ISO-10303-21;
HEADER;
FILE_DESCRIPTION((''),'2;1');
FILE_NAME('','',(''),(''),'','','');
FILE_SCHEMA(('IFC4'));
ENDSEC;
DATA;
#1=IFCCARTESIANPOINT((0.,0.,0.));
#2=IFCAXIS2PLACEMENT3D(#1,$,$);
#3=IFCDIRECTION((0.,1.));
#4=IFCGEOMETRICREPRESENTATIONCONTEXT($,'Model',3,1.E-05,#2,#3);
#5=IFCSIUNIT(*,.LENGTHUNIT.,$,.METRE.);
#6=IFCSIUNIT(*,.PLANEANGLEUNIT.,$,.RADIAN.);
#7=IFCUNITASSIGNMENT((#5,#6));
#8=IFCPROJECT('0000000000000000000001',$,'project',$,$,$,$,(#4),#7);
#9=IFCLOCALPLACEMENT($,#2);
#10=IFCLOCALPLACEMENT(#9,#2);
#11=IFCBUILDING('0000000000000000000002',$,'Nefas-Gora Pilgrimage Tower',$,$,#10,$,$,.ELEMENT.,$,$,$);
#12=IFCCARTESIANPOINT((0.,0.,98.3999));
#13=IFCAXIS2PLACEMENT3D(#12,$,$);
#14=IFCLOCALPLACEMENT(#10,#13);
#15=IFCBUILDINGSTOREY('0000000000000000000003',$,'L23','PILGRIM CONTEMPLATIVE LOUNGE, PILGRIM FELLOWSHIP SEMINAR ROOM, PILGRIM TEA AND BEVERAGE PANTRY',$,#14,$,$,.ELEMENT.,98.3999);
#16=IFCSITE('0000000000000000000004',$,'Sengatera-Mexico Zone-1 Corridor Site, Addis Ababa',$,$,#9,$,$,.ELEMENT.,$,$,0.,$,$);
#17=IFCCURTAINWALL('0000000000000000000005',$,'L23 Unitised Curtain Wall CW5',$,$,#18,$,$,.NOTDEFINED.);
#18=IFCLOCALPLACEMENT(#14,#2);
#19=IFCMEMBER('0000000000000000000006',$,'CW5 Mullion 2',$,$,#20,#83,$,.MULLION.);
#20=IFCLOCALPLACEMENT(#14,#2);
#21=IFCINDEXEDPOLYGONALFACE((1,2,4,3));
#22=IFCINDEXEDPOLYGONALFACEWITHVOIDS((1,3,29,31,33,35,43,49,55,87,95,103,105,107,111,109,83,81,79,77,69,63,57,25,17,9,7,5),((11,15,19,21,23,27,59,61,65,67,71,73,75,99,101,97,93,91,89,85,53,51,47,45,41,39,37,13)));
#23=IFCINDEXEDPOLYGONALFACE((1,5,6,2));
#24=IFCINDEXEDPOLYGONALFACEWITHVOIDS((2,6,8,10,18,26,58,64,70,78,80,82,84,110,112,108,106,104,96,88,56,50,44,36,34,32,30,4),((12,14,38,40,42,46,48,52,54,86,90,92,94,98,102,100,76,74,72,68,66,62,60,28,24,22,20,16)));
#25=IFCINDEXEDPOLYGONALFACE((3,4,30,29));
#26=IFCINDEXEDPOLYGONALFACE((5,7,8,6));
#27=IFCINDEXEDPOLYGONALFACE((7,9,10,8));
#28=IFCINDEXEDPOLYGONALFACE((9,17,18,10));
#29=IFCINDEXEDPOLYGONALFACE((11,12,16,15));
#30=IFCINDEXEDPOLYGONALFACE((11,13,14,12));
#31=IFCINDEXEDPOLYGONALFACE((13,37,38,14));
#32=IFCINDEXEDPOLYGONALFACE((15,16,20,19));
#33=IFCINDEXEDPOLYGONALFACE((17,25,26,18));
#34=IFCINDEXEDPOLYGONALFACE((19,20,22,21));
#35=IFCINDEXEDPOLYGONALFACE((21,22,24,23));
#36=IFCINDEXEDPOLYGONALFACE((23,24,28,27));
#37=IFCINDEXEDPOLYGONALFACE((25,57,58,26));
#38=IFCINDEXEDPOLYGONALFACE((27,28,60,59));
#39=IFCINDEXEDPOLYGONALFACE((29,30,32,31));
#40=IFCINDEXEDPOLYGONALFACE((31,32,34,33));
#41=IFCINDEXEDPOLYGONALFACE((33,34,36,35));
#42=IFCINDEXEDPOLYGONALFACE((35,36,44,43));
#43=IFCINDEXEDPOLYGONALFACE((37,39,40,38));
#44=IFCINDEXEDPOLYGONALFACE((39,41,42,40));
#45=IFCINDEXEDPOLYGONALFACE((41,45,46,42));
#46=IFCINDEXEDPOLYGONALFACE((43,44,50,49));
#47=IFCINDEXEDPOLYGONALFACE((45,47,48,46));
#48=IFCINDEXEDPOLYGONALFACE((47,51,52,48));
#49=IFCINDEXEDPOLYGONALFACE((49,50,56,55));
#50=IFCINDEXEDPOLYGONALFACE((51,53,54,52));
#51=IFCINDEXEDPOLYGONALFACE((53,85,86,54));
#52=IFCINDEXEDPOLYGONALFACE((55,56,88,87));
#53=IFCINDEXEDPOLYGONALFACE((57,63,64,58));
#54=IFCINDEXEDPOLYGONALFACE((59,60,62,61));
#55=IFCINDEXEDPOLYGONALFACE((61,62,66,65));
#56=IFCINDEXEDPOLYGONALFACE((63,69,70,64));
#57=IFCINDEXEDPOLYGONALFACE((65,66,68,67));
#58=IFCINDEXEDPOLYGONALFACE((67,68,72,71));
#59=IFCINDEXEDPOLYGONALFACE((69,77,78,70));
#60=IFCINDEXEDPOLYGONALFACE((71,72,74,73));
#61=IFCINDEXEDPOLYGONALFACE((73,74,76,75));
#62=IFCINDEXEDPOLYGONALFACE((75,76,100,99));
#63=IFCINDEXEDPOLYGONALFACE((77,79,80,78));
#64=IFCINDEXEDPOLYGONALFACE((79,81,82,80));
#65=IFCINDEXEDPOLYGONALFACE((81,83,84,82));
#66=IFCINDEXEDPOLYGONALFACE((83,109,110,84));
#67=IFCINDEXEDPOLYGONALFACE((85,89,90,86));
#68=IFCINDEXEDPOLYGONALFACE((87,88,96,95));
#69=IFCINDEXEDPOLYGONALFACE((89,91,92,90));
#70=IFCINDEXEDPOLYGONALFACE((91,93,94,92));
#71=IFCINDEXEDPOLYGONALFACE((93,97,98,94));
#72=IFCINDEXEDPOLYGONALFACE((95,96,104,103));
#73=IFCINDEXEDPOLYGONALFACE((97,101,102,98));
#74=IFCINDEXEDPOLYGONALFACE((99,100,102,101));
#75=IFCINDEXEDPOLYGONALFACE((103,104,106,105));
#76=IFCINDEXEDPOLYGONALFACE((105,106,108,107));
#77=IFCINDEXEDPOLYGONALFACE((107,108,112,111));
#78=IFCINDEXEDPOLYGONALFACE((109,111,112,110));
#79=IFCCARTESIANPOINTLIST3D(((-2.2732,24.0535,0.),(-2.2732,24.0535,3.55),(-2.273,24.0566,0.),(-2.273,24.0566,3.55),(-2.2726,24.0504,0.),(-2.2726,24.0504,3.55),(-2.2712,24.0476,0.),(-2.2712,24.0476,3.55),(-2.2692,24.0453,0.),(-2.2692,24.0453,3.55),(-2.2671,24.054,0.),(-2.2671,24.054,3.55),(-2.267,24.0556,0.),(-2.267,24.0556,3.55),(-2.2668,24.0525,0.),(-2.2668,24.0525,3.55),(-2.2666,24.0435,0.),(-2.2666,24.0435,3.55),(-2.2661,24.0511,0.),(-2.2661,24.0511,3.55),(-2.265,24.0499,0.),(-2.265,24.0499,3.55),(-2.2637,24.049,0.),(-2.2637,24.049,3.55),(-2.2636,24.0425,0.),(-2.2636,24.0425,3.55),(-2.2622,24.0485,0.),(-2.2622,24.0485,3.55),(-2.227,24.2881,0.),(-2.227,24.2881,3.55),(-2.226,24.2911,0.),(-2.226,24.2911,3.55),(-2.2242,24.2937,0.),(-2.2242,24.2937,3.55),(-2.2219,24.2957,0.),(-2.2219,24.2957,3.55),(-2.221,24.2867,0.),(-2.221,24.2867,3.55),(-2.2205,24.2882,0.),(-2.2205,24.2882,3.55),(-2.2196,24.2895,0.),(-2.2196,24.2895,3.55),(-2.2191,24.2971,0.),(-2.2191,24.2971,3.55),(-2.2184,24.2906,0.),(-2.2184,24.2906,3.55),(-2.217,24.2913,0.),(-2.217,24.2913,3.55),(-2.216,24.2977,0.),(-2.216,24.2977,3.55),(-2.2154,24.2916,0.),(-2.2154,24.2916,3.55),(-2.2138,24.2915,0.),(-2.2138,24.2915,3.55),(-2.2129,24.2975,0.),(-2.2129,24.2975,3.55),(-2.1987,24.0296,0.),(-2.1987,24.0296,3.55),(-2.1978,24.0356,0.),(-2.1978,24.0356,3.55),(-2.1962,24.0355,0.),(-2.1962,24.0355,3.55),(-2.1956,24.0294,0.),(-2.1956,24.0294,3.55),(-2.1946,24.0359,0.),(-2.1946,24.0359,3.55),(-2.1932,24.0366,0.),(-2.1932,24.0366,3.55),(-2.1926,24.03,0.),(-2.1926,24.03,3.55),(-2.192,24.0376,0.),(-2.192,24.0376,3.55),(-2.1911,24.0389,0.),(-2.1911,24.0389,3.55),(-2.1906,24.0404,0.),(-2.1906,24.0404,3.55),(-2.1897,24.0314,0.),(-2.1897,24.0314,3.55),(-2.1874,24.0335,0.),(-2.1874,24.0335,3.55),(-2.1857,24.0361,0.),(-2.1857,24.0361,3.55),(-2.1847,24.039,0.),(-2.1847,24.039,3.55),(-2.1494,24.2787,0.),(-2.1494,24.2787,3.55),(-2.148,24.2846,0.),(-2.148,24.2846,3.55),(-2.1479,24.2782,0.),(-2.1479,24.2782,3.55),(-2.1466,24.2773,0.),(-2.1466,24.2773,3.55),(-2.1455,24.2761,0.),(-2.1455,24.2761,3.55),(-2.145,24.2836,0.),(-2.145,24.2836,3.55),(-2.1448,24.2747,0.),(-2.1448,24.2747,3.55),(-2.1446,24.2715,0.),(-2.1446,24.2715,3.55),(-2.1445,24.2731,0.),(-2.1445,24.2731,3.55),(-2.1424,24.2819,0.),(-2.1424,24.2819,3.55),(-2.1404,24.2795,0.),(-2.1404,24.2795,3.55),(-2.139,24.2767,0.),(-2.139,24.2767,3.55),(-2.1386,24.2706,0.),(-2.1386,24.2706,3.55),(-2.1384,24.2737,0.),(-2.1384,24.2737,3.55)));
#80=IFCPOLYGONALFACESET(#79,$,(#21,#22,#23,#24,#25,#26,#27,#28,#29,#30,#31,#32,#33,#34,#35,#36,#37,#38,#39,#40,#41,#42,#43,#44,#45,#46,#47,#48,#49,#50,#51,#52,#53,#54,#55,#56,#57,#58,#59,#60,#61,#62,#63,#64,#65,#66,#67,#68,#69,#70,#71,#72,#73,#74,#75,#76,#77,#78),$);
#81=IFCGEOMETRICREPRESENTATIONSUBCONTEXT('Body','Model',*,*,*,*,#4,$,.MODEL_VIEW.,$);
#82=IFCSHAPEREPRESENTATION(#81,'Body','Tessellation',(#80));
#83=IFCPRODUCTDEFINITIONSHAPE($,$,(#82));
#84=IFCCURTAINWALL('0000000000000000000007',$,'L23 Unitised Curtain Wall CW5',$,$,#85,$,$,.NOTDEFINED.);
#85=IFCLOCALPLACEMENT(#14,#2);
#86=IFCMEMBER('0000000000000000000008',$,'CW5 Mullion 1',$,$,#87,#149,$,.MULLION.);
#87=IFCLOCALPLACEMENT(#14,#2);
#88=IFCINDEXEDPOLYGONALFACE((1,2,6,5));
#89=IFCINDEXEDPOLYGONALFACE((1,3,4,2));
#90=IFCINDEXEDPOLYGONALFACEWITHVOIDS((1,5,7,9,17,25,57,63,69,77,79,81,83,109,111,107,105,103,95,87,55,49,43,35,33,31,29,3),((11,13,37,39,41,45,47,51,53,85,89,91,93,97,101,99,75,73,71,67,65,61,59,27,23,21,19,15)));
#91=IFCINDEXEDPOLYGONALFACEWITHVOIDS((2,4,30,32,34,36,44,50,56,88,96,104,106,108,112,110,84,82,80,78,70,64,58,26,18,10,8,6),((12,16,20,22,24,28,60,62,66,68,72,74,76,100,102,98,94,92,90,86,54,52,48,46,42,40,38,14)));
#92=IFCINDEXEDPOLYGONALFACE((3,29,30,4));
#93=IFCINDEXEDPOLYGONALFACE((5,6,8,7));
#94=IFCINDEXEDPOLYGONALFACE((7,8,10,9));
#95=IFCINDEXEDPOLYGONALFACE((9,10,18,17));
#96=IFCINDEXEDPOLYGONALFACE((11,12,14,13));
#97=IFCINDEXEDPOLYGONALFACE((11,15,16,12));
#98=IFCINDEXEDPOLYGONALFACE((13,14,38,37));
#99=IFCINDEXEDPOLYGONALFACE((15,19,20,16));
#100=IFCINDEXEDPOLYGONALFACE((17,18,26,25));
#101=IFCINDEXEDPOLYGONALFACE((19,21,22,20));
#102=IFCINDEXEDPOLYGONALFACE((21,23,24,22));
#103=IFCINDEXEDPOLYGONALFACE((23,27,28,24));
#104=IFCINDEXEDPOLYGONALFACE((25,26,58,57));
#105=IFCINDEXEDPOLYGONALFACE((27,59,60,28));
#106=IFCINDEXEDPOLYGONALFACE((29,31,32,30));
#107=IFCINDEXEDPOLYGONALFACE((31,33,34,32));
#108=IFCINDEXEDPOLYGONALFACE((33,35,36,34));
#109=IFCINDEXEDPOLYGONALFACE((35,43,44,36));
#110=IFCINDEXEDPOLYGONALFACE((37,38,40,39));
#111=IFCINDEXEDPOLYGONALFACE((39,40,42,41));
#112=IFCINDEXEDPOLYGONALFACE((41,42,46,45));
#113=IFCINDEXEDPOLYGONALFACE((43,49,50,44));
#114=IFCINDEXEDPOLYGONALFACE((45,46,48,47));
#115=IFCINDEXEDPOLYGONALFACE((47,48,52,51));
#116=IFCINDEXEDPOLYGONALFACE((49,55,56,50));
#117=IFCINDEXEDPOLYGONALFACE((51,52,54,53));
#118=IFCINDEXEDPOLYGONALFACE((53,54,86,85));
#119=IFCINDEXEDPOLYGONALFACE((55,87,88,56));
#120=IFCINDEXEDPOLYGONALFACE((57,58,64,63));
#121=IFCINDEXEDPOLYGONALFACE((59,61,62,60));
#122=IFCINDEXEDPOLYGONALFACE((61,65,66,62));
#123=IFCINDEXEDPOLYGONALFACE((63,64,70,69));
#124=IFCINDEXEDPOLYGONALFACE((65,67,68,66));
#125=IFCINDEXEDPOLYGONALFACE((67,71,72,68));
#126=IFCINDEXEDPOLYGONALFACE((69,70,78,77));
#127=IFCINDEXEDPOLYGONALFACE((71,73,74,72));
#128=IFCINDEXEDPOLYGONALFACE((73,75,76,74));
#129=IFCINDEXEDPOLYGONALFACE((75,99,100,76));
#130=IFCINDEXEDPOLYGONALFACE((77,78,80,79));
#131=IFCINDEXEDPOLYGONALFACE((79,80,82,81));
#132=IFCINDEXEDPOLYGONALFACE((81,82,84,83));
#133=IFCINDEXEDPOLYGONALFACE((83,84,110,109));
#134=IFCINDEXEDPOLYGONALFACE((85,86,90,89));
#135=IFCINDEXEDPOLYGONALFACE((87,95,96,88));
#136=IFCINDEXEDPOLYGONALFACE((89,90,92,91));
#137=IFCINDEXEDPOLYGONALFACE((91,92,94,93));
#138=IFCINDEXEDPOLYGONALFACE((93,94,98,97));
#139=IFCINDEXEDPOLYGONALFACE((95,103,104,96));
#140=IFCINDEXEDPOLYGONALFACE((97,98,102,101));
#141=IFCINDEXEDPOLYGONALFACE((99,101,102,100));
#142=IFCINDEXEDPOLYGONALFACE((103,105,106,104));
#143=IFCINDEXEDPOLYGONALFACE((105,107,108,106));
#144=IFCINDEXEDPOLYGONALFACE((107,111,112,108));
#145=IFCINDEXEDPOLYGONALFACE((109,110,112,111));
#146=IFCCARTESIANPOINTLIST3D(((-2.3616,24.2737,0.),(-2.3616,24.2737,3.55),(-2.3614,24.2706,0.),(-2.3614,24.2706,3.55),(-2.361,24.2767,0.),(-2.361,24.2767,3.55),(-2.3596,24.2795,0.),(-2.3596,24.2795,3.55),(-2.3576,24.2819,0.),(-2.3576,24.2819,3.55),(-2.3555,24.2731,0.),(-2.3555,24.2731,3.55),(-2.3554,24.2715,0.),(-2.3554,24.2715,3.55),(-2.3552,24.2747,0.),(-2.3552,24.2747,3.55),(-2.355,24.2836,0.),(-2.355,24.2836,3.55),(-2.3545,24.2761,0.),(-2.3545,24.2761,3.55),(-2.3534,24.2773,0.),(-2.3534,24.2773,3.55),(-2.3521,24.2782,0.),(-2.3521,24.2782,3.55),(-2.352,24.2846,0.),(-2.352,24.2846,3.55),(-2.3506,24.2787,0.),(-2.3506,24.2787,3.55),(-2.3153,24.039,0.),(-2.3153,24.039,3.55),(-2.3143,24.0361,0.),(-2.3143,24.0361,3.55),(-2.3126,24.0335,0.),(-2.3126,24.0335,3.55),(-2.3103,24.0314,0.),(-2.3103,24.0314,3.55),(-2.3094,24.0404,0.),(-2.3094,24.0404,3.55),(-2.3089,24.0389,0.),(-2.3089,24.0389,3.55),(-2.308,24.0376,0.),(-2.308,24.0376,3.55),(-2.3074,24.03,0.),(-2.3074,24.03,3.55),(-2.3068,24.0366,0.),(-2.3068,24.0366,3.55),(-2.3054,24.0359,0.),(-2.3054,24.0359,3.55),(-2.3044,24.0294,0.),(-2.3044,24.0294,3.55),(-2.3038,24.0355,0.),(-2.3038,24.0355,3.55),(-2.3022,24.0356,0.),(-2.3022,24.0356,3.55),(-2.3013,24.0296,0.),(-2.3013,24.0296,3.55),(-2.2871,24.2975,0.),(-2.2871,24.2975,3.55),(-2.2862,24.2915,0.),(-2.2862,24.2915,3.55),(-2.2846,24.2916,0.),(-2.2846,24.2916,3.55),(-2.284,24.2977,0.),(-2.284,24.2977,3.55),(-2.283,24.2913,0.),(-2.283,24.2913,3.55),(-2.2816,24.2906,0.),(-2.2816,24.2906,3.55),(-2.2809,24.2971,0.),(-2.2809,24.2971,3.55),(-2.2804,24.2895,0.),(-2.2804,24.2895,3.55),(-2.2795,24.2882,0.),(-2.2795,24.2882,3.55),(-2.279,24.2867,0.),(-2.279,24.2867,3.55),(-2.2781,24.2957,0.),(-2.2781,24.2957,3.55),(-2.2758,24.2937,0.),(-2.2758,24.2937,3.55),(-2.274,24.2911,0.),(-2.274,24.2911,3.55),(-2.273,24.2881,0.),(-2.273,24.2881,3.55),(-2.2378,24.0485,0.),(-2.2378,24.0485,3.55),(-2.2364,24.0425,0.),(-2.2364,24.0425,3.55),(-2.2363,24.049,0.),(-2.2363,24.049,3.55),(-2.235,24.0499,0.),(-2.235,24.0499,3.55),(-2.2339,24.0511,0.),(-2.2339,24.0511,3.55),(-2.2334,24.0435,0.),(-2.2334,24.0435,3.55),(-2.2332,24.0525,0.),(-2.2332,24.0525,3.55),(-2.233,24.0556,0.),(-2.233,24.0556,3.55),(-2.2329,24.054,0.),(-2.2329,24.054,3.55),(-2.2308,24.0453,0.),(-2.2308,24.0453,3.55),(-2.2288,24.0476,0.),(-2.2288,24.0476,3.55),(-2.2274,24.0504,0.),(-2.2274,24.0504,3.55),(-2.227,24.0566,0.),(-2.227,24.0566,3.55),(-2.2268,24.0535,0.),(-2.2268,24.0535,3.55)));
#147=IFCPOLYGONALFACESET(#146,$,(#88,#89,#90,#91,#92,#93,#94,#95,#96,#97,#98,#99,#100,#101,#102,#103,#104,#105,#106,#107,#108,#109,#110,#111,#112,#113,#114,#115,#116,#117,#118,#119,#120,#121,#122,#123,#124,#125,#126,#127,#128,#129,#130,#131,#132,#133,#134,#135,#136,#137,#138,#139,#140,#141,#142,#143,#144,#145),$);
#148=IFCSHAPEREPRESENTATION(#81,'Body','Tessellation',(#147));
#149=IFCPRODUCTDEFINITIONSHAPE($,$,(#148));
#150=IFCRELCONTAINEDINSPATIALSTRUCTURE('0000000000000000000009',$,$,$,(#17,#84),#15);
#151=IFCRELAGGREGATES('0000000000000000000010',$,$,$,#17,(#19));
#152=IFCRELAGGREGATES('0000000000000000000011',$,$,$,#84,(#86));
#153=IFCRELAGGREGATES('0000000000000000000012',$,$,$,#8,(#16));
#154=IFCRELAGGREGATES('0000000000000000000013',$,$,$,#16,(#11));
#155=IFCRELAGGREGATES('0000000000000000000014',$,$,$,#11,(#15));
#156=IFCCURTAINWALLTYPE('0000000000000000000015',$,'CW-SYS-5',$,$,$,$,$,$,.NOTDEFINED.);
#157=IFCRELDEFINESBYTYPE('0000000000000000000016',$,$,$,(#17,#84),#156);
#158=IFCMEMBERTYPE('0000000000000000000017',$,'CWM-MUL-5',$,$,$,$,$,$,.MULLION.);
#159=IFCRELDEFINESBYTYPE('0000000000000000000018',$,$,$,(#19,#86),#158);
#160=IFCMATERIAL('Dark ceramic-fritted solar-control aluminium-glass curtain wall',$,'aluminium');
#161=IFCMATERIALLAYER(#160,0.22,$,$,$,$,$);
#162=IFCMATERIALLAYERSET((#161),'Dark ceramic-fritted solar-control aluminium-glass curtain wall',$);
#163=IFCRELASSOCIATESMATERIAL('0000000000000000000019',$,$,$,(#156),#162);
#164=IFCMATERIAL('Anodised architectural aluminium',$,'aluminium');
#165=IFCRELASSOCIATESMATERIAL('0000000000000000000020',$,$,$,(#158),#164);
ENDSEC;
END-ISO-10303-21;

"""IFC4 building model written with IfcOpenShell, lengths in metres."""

from ifc_helpers import new_model, si_unit, direction, frame, origin, origin_2d, place, context, subcontext, project, spatial, hollow_rectangle, extrude, source, transform, mapped, material, layer, layer_set, material_profile, profile_set, type_object, element, aggregate, save


model = new_model("IFC4")

# Units and contexts
model_context = context("Model", 3, precision=1e-05, world=origin(), true_north=direction((0.0, 1.0)))
body_context = subcontext(model_context, "Body", "Model", "MODEL_VIEW")
ifc_project = project(units=[si_unit("LENGTHUNIT", "METRE"), si_unit("PLANEANGLEUNIT", "RADIAN")], contexts=[model_context])

# Site, building, storey
site_placement = place(None, origin())
site = spatial("IfcSite", under=ifc_project, at=site_placement, Name="Sengatera-Mexico Zone-1 Corridor Site, Addis Ababa", CompositionType="ELEMENT", RefElevation=0.0)
building_placement = place(site_placement, origin())
building = spatial("IfcBuilding", under=site, at=building_placement, Name="Nefas-Gora Pilgrimage Tower", CompositionType="ELEMENT")
storey_placement = place(building_placement, frame((0.0, 0.0, 98.3999)))
storey = spatial("IfcBuildingStorey", under=building, at=storey_placement, Name="L23", Description="PILGRIM CONTEMPLATIVE LOUNGE, PILGRIM FELLOWSHIP SEMINAR ROOM, PILGRIM TEA AND BEVERAGE PANTRY", CompositionType="ELEMENT", Elevation=98.3999)

# Curtain wall, member
ifc_material_1 = material(Name="Dark ceramic-fritted solar-control aluminium-glass curtain wall", Category="aluminium")
ifc_layer_1 = layer(ifc_material_1, 0.22)
ifc_layer_set_1 = layer_set([ifc_layer_1], Name="Dark ceramic-fritted solar-control aluminium-glass curtain wall")
curtain_wall_type = type_object("IfcCurtainWallType", Name="CW-SYS-5", PredefinedType="NOTDEFINED", material=ifc_layer_set_1)
curtain_wall_1_placement = place(storey_placement, origin())
curtain_wall_1 = element("IfcCurtainWall", 1, at=curtain_wall_1_placement, inside=storey, type_object=curtain_wall_type, Name="L23 Unitised Curtain Wall CW5", PredefinedType="NOTDEFINED")
ifc_material_2 = material(Name="Anodised architectural aluminium", Category="aluminium")
ifc_material_profile_1 = material_profile(ifc_material_2, hollow_rectangle(XDim=0.0901, YDim=0.26, WallThickness=0.0061, InnerFilletRadius=0.0061, OuterFilletRadius=0.012, at=origin_2d()), Name="ALU MULLION 90x260")
ifc_profile_set_1 = profile_set([ifc_material_profile_1], Name="Anodised architectural aluminium")
member_type_1 = type_object("IfcMemberType", Name="CWM-MUL-5", PredefinedType="MULLION", material=ifc_profile_set_1)
shared_shape_1 = source(origin(), body_context, "Body", "SweptSolid", [
    extrude(hollow_rectangle(XDim=0.0901, YDim=0.26, WallThickness=0.0061, InnerFilletRadius=0.0061, OuterFilletRadius=0.012, at=origin_2d()), origin(), (0.0, 0.0, 1.0), 3.55),
])
member_1_placement = place(storey_placement, frame((-2.2058, 24.1636, 0.0), z_axis=(0.0, 0.0, 1.0), x_axis=(-0.980783, 0.195102, 0.0)))
member_1 = element("IfcMember", 2, at=member_1_placement, type_object=member_type_1, Name="CW5 Mullion 2", PredefinedType="MULLION", context=body_context, shape_type="MappedRepresentation", body=[
    mapped(shared_shape_1, transform((0.0, 0.0, 0.0), x_axis=(1.0, 0.0, 0.0), y_axis=(0.0, 1.0, 0.0), z_axis=(0.0, 0.0, 1.0), scale=1.0)),
])

# Curtain wall, member
curtain_wall_2_placement = place(storey_placement, origin())
curtain_wall_2 = element("IfcCurtainWall", 3, at=curtain_wall_2_placement, inside=storey, type_object=curtain_wall_type, Name="L23 Unitised Curtain Wall CW5", PredefinedType="NOTDEFINED")
member_2_placement = place(storey_placement, frame((-2.2942, 24.1636, 0.0), z_axis=(0.0, 0.0, 1.0), x_axis=(-0.980783, -0.195102, 0.0)))
member_2 = element("IfcMember", 4, at=member_2_placement, type_object=member_type_1, Name="CW5 Mullion 1", PredefinedType="MULLION", context=body_context, shape_type="MappedRepresentation", body=[
    mapped(shared_shape_1, transform((0.0, 0.0, 0.0), x_axis=(1.0, 0.0, 0.0), y_axis=(0.0, 1.0, 0.0), z_axis=(0.0, 0.0, 1.0), scale=1.0)),
])

aggregate(curtain_wall_1, [member_1])
aggregate(curtain_wall_2, [member_2])

save(model, "model.ifc")
